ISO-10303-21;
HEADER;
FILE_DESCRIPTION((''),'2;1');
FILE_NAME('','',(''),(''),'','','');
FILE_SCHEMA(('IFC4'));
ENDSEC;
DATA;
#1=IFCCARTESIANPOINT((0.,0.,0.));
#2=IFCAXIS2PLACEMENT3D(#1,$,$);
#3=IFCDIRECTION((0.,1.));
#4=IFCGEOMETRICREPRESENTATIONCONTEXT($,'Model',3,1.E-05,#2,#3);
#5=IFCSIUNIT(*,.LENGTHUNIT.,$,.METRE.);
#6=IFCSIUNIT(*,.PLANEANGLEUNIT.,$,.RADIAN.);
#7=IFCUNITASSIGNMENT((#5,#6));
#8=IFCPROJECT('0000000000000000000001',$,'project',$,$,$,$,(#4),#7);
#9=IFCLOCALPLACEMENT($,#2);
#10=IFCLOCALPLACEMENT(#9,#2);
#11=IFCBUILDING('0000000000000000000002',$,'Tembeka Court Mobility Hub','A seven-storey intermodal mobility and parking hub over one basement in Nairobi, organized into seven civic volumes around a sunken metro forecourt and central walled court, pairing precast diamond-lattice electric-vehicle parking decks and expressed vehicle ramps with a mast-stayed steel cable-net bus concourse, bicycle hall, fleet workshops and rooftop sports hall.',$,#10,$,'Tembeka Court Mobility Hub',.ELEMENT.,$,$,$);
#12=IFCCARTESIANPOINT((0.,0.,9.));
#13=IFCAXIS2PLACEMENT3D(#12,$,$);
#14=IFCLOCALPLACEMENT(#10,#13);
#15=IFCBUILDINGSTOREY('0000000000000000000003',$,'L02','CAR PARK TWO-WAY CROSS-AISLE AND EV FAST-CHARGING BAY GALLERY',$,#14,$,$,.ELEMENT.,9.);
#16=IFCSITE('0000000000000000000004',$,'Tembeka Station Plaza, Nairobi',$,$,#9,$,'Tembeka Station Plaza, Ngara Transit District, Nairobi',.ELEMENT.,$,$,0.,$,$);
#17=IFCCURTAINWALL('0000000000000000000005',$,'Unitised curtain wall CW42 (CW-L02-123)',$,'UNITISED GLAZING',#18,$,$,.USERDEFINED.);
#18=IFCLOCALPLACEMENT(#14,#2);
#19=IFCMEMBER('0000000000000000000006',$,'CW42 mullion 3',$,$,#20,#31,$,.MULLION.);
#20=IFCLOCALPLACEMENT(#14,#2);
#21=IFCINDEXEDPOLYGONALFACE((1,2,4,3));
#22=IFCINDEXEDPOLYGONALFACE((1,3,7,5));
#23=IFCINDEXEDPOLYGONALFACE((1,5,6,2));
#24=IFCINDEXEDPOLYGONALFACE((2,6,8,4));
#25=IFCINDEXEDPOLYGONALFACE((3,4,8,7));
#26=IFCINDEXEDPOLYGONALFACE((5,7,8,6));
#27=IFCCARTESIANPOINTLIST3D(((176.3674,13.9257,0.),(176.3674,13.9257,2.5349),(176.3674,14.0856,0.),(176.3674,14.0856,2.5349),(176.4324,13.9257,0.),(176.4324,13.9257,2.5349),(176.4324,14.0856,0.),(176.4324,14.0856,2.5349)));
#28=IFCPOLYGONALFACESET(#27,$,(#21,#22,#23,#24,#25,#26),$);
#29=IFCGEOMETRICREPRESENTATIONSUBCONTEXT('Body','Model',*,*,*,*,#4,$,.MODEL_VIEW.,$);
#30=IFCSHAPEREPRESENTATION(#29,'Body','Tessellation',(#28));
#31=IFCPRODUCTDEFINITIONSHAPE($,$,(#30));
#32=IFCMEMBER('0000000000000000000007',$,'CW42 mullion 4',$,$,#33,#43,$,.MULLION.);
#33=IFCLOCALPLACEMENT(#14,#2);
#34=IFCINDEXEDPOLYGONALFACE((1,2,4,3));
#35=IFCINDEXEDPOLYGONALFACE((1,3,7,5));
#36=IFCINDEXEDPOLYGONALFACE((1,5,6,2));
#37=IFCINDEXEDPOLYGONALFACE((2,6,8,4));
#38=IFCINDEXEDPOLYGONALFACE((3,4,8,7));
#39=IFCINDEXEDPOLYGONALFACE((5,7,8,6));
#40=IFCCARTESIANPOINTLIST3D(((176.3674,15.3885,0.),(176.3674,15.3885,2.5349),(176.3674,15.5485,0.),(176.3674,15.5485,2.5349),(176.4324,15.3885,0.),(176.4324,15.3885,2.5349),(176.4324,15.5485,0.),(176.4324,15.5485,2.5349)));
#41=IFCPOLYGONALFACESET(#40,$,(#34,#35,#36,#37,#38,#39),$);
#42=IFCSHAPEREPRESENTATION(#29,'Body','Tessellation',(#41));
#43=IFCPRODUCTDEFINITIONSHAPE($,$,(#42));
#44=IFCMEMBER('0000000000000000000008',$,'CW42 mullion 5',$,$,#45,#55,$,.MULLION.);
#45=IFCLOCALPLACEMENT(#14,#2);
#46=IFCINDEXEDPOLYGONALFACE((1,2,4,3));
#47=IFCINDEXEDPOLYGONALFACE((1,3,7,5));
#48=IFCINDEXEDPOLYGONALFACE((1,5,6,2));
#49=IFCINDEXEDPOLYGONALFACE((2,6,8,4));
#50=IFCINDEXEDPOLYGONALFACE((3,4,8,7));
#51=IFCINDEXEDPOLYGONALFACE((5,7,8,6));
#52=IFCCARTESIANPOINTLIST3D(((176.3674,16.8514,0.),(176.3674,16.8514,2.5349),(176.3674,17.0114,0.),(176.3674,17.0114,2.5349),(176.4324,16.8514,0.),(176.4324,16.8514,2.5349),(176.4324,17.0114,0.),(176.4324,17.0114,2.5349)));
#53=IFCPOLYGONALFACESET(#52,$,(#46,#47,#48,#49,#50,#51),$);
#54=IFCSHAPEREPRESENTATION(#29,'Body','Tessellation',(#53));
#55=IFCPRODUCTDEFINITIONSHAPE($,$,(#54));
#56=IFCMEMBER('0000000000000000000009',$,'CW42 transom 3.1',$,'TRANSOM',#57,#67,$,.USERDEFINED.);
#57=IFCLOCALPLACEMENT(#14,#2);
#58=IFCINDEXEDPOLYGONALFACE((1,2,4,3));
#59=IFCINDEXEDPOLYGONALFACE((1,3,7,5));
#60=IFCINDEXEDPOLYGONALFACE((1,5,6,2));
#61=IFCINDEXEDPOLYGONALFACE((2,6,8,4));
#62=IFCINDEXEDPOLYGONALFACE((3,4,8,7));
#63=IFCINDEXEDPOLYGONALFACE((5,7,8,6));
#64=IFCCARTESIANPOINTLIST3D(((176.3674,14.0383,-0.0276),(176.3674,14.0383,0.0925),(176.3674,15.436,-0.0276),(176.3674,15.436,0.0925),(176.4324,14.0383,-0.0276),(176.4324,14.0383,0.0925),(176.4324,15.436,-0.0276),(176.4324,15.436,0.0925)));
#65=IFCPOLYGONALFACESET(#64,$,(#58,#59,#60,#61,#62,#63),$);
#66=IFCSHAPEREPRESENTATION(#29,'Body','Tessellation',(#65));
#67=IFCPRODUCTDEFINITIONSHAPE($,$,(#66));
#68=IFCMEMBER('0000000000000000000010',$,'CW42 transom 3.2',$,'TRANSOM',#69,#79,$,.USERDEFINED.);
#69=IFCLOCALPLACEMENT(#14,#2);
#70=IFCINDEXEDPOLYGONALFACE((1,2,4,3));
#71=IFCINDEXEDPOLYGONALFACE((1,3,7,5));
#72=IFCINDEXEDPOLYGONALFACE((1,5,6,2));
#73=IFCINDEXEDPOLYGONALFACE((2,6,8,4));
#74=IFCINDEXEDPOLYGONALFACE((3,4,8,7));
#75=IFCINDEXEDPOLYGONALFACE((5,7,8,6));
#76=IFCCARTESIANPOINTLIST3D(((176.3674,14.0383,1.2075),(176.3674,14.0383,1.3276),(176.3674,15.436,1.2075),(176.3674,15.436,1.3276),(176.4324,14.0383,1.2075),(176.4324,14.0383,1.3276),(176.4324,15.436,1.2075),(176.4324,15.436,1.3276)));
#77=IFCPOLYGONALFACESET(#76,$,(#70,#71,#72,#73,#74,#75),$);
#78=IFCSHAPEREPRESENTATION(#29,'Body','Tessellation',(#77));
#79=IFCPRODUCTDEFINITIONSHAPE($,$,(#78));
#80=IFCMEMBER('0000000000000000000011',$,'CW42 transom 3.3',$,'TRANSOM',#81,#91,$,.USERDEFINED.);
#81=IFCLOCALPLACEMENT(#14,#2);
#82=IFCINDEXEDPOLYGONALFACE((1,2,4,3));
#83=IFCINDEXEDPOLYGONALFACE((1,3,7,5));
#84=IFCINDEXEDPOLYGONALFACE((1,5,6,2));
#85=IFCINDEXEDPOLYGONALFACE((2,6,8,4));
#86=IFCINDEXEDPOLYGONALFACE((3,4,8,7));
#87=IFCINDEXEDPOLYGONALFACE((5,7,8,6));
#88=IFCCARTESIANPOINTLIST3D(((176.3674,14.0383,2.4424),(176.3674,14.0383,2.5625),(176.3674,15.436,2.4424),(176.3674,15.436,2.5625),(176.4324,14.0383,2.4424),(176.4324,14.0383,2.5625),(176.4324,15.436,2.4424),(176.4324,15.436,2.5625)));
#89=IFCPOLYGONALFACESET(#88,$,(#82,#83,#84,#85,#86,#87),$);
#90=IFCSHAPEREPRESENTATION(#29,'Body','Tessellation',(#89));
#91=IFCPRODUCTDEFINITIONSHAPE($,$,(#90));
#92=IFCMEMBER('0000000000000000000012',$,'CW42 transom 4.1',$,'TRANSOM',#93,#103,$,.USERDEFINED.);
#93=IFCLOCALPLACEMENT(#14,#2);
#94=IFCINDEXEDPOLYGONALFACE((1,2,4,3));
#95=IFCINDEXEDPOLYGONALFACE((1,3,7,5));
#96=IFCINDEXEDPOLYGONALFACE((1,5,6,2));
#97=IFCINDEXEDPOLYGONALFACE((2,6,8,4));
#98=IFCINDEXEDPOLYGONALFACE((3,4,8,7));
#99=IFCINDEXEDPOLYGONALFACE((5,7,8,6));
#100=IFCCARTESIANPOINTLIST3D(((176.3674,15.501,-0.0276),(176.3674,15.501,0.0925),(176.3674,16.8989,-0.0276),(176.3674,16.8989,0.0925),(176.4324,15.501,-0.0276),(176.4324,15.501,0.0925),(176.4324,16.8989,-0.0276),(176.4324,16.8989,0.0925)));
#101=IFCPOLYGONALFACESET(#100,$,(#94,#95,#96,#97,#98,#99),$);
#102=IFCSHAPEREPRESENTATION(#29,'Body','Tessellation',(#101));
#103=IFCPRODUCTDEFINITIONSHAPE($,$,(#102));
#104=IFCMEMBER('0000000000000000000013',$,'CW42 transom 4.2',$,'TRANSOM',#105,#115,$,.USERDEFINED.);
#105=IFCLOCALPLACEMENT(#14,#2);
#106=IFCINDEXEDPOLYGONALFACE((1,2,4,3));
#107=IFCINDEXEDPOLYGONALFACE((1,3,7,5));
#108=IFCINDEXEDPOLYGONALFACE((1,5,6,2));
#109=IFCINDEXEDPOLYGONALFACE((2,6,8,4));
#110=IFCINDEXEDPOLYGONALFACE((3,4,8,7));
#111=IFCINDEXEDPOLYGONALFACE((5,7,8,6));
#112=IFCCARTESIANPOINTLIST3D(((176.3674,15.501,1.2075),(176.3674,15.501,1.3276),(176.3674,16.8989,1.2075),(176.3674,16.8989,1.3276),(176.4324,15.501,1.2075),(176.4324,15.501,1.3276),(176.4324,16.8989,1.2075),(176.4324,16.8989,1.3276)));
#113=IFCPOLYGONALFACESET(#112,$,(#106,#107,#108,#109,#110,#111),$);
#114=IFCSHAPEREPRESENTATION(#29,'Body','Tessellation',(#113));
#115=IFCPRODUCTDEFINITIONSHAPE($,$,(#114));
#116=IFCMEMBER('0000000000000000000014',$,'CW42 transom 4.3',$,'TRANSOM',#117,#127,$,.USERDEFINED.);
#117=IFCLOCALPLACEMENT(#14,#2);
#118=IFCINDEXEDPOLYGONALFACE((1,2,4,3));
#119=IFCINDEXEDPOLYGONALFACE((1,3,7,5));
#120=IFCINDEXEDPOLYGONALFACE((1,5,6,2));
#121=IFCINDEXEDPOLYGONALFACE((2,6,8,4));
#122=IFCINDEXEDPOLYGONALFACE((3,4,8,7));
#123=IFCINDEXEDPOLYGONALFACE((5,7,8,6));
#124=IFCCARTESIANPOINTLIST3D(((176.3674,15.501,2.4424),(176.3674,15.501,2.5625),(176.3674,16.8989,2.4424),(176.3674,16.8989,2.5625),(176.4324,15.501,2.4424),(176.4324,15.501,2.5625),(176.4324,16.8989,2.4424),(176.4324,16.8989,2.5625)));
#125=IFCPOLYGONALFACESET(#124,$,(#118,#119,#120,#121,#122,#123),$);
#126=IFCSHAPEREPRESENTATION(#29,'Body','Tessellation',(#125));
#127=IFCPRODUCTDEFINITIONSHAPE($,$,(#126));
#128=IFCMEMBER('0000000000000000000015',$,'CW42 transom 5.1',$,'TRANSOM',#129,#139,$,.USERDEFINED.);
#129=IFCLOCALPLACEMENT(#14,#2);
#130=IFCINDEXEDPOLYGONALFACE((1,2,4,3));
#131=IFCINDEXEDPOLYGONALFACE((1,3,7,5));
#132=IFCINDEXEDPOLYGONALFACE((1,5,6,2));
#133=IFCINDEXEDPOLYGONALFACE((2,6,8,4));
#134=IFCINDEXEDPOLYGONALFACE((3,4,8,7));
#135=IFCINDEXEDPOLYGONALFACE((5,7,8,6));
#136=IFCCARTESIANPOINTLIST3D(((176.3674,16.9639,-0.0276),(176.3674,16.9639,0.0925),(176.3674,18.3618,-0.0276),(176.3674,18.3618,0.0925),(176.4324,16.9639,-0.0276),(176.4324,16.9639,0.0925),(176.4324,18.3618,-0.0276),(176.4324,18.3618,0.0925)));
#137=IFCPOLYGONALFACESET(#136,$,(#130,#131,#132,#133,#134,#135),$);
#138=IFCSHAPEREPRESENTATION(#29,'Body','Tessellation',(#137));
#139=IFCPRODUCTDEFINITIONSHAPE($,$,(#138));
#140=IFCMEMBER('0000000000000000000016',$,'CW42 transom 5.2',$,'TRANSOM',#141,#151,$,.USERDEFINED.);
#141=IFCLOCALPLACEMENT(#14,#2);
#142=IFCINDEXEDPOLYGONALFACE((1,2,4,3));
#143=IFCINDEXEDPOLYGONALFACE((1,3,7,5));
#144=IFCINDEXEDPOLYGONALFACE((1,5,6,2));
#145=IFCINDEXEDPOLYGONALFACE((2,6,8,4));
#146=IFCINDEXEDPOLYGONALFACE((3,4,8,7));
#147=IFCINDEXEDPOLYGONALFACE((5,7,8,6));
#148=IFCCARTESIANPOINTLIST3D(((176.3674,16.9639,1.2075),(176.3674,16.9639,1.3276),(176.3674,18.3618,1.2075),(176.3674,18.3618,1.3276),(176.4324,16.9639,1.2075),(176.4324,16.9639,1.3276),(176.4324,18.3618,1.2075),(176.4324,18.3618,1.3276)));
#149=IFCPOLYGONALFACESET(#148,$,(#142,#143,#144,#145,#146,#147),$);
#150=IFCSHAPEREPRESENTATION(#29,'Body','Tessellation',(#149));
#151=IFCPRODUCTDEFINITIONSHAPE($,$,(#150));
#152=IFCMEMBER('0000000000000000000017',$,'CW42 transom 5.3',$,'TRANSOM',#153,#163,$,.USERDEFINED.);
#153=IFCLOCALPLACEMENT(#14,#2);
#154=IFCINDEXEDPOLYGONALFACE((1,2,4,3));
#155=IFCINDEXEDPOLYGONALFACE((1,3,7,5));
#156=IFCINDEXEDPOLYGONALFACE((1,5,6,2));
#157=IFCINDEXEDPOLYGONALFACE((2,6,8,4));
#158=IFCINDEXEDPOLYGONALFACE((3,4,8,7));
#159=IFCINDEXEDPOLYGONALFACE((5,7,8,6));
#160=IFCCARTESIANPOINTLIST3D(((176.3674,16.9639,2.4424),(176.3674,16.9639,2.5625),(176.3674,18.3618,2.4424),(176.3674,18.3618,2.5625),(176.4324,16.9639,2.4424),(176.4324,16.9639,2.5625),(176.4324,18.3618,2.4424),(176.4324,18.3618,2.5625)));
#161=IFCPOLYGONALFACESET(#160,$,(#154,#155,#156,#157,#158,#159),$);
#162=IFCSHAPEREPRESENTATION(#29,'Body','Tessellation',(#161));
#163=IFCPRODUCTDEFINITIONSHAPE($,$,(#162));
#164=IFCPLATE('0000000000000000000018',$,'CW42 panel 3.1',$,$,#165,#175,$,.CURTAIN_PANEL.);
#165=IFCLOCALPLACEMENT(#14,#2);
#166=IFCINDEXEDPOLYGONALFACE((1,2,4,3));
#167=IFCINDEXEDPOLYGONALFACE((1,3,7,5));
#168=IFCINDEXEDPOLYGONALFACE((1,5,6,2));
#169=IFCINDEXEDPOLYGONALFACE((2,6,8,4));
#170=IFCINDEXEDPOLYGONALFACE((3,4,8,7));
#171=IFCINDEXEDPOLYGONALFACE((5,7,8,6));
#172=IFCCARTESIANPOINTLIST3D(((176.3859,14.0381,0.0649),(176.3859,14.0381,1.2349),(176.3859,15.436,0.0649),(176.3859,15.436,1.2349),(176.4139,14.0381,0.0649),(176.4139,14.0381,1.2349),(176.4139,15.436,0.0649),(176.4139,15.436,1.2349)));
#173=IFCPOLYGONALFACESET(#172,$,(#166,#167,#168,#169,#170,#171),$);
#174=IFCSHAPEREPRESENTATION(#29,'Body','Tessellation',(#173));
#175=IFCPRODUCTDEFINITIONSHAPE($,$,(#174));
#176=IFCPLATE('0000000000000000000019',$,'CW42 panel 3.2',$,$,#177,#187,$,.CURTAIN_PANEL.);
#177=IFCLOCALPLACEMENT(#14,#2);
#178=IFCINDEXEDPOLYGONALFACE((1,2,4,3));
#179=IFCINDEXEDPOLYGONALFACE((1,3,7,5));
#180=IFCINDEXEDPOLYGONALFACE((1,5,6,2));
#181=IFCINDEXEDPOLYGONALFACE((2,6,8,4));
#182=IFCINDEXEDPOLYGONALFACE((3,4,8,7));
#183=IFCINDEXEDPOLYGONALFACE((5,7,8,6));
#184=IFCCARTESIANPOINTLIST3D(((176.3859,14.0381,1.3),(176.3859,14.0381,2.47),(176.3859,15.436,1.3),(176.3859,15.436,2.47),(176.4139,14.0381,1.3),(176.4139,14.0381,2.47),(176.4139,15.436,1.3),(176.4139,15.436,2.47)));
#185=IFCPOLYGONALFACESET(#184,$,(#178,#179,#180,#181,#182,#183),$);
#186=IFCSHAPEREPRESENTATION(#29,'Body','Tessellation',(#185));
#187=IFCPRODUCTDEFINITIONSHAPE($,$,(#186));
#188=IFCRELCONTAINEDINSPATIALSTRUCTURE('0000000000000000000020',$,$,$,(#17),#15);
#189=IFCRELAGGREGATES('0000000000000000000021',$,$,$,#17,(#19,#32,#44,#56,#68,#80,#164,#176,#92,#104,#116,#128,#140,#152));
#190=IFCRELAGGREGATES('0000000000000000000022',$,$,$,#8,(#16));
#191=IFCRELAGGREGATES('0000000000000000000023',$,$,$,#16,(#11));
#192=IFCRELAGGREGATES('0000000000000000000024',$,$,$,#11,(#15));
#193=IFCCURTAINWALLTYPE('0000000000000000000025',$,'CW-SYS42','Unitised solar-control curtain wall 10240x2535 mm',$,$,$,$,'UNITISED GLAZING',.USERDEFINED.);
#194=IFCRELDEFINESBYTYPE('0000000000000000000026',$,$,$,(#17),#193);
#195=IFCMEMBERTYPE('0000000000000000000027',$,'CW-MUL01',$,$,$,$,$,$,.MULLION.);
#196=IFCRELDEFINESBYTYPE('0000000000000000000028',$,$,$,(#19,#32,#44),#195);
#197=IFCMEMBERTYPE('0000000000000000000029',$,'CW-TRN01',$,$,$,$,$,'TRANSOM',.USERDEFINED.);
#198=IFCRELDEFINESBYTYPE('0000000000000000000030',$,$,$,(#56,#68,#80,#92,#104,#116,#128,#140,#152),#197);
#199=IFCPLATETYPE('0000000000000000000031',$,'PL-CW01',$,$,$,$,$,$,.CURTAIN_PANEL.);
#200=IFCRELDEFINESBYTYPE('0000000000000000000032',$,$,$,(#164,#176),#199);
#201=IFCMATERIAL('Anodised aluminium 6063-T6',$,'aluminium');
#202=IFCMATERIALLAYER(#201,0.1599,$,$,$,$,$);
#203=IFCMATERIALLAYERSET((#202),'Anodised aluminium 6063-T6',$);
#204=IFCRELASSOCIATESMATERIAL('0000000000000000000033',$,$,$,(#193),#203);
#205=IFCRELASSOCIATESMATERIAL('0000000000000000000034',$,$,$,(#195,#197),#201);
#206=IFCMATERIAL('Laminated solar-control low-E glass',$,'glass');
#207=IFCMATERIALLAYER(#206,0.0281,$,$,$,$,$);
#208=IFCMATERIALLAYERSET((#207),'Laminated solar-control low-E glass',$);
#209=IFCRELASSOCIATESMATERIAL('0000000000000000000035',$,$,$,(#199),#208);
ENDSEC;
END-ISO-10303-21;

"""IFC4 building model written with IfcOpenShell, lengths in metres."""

from ifc_helpers import new_model, si_unit, direction, frame, origin, origin_2d, place, context, subcontext, project, spatial, rectangle, extrude, material, layer, layer_set, material_profile, profile_set, type_object, element, aggregate, save


model = new_model("IFC4")

# Units and contexts
model_context = context("Model", 3, precision=1e-05, world=origin(), true_north=direction((0.0, 1.0)))
body_context = subcontext(model_context, "Body", "Model", "MODEL_VIEW")
ifc_project = project(units=[si_unit("LENGTHUNIT", "METRE"), si_unit("PLANEANGLEUNIT", "RADIAN")], contexts=[model_context])

# Site, building, storey
site_placement = place(None, origin())
site = spatial("IfcSite", under=ifc_project, at=site_placement, Name="Tembeka Station Plaza, Nairobi", LongName="Tembeka Station Plaza, Ngara Transit District, Nairobi", CompositionType="ELEMENT", RefElevation=0.0)
building_placement = place(site_placement, origin())
building = spatial("IfcBuilding", under=site, at=building_placement, Name="Tembeka Court Mobility Hub", Description="A seven-storey intermodal mobility and parking hub over one basement in Nairobi, organized into seven civic volumes around a sunken metro forecourt and central walled court, pairing precast diamond-lattice electric-vehicle parking decks and expressed vehicle ramps with a mast-stayed steel cable-net bus concourse, bicycle hall, fleet workshops and rooftop sports hall.", LongName="Tembeka Court Mobility Hub", CompositionType="ELEMENT")
storey_placement = place(building_placement, frame((0.0, 0.0, 9.0)))
storey = spatial("IfcBuildingStorey", under=building, at=storey_placement, Name="L02", Description="CAR PARK TWO-WAY CROSS-AISLE AND EV FAST-CHARGING BAY GALLERY", CompositionType="ELEMENT", Elevation=9.0)

# Curtain wall, members, plates
ifc_material_1 = material(Name="Anodised aluminium 6063-T6", Category="aluminium")
ifc_layer_1 = layer(ifc_material_1, 0.1599)
ifc_layer_set_1 = layer_set([ifc_layer_1], Name="Anodised aluminium 6063-T6")
curtain_wall_type = type_object("IfcCurtainWallType", Name="CW-SYS42", Description="Unitised solar-control curtain wall 10240x2535 mm", ElementType="UNITISED GLAZING", PredefinedType="USERDEFINED", material=ifc_layer_set_1)
curtain_wall_placement = place(storey_placement, origin())
curtain_wall = element("IfcCurtainWall", 1, at=curtain_wall_placement, inside=storey, type_object=curtain_wall_type, Name="Unitised curtain wall CW42 (CW-L02-123)", ObjectType="UNITISED GLAZING", PredefinedType="USERDEFINED")
ifc_material_profile_1 = material_profile(ifc_material_1, rectangle(XDim=0.0649, YDim=0.1599, at=origin_2d()), Name="ALU-MUL 65x160")
ifc_profile_set_1 = profile_set([ifc_material_profile_1], Name="Anodised aluminium 6063-T6")
member_type_1 = type_object("IfcMemberType", Name="CW-MUL01", PredefinedType="MULLION", material=ifc_profile_set_1)
member_1_placement = place(storey_placement, frame((176.3999, 14.0056, 0.0), z_axis=(0.0, 0.0, 1.0), x_axis=(-1.0, 0.0, 0.0)))
member_1 = element("IfcMember", 2, at=member_1_placement, type_object=member_type_1, Name="CW42 mullion 3", PredefinedType="MULLION", context=body_context, shape_type="SweptSolid", body=[
    extrude(rectangle(XDim=0.0649, YDim=0.1599, at=origin_2d()), origin(), (0.0, 0.0, 1.0), 2.5349),
])
member_2_placement = place(storey_placement, frame((176.3999, 15.4685, 0.0), z_axis=(0.0, 0.0, 1.0), x_axis=(-1.0, 0.0, 0.0)))
member_2 = element("IfcMember", 3, at=member_2_placement, type_object=member_type_1, Name="CW42 mullion 4", PredefinedType="MULLION", context=body_context, shape_type="SweptSolid", body=[
    extrude(rectangle(XDim=0.0649, YDim=0.1599, at=origin_2d()), origin(), (0.0, 0.0, 1.0), 2.5349),
])
member_3_placement = place(storey_placement, frame((176.3999, 16.9314, 0.0), z_axis=(0.0, 0.0, 1.0), x_axis=(-1.0, 0.0, 0.0)))
member_3 = element("IfcMember", 4, at=member_3_placement, type_object=member_type_1, Name="CW42 mullion 5", PredefinedType="MULLION", context=body_context, shape_type="SweptSolid", body=[
    extrude(rectangle(XDim=0.0649, YDim=0.1599, at=origin_2d()), origin(), (0.0, 0.0, 1.0), 2.5349),
])
ifc_material_profile_2 = material_profile(ifc_material_1, rectangle(XDim=0.0649, YDim=0.1201, at=origin_2d()), Name="ALU-TRN 65x120")
ifc_profile_set_2 = profile_set([ifc_material_profile_2], Name="Anodised aluminium 6063-T6")
member_type_2 = type_object("IfcMemberType", Name="CW-TRN01", ElementType="TRANSOM", PredefinedType="USERDEFINED", material=ifc_profile_set_2)
member_4_placement = place(storey_placement, frame((176.3999, 14.0383, 0.0325), z_axis=(0.0, 1.0, 0.0), x_axis=(-1.0, 0.0, 0.0)))
member_4 = element("IfcMember", 5, at=member_4_placement, type_object=member_type_2, Name="CW42 transom 3.1", ObjectType="TRANSOM", PredefinedType="USERDEFINED", context=body_context, shape_type="SweptSolid", body=[
    extrude(rectangle(XDim=0.0649, YDim=0.1201, at=origin_2d()), origin(), (0.0, 0.0, 1.0), 1.3977),
])
member_5_placement = place(storey_placement, frame((176.3999, 14.0383, 1.2676), z_axis=(0.0, 1.0, 0.0), x_axis=(-1.0, 0.0, 0.0)))
member_5 = element("IfcMember", 6, at=member_5_placement, type_object=member_type_2, Name="CW42 transom 3.2", ObjectType="TRANSOM", PredefinedType="USERDEFINED", context=body_context, shape_type="SweptSolid", body=[
    extrude(rectangle(XDim=0.0649, YDim=0.1201, at=origin_2d()), origin(), (0.0, 0.0, 1.0), 1.3977),
])
member_6_placement = place(storey_placement, frame((176.3999, 14.0383, 2.5024), z_axis=(0.0, 1.0, 0.0), x_axis=(-1.0, 0.0, 0.0)))
member_6 = element("IfcMember", 7, at=member_6_placement, type_object=member_type_2, Name="CW42 transom 3.3", ObjectType="TRANSOM", PredefinedType="USERDEFINED", context=body_context, shape_type="SweptSolid", body=[
    extrude(rectangle(XDim=0.0649, YDim=0.1201, at=origin_2d()), origin(), (0.0, 0.0, 1.0), 1.3977),
])
member_7_placement = place(storey_placement, frame((176.3999, 15.501, 0.0325), z_axis=(0.0, 1.0, 0.0), x_axis=(-1.0, 0.0, 0.0)))
member_7 = element("IfcMember", 8, at=member_7_placement, type_object=member_type_2, Name="CW42 transom 4.1", ObjectType="TRANSOM", PredefinedType="USERDEFINED", context=body_context, shape_type="SweptSolid", body=[
    extrude(rectangle(XDim=0.0649, YDim=0.1201, at=origin_2d()), origin(), (0.0, 0.0, 1.0), 1.3979),
])
member_8_placement = place(storey_placement, frame((176.3999, 15.501, 1.2676), z_axis=(0.0, 1.0, 0.0), x_axis=(-1.0, 0.0, 0.0)))
member_8 = element("IfcMember", 9, at=member_8_placement, type_object=member_type_2, Name="CW42 transom 4.2", ObjectType="TRANSOM", PredefinedType="USERDEFINED", context=body_context, shape_type="SweptSolid", body=[
    extrude(rectangle(XDim=0.0649, YDim=0.1201, at=origin_2d()), origin(), (0.0, 0.0, 1.0), 1.3979),
])
member_9_placement = place(storey_placement, frame((176.3999, 15.501, 2.5024), z_axis=(0.0, 1.0, 0.0), x_axis=(-1.0, 0.0, 0.0)))
member_9 = element("IfcMember", 10, at=member_9_placement, type_object=member_type_2, Name="CW42 transom 4.3", ObjectType="TRANSOM", PredefinedType="USERDEFINED", context=body_context, shape_type="SweptSolid", body=[
    extrude(rectangle(XDim=0.0649, YDim=0.1201, at=origin_2d()), origin(), (0.0, 0.0, 1.0), 1.3979),
])
member_10_placement = place(storey_placement, frame((176.3999, 16.9639, 0.0325), z_axis=(0.0, 1.0, 0.0), x_axis=(-1.0, 0.0, 0.0)))
member_10 = element("IfcMember", 11, at=member_10_placement, type_object=member_type_2, Name="CW42 transom 5.1", ObjectType="TRANSOM", PredefinedType="USERDEFINED", context=body_context, shape_type="SweptSolid", body=[
    extrude(rectangle(XDim=0.0649, YDim=0.1201, at=origin_2d()), origin(), (0.0, 0.0, 1.0), 1.3979),
])
member_11_placement = place(storey_placement, frame((176.3999, 16.9639, 1.2676), z_axis=(0.0, 1.0, 0.0), x_axis=(-1.0, 0.0, 0.0)))
member_11 = element("IfcMember", 12, at=member_11_placement, type_object=member_type_2, Name="CW42 transom 5.2", ObjectType="TRANSOM", PredefinedType="USERDEFINED", context=body_context, shape_type="SweptSolid", body=[
    extrude(rectangle(XDim=0.0649, YDim=0.1201, at=origin_2d()), origin(), (0.0, 0.0, 1.0), 1.3979),
])
member_12_placement = place(storey_placement, frame((176.3999, 16.9639, 2.5024), z_axis=(0.0, 1.0, 0.0), x_axis=(-1.0, 0.0, 0.0)))
member_12 = element("IfcMember", 13, at=member_12_placement, type_object=member_type_2, Name="CW42 transom 5.3", ObjectType="TRANSOM", PredefinedType="USERDEFINED", context=body_context, shape_type="SweptSolid", body=[
    extrude(rectangle(XDim=0.0649, YDim=0.1201, at=origin_2d()), origin(), (0.0, 0.0, 1.0), 1.3979),
])
ifc_material_2 = material(Name="Laminated solar-control low-E glass", Category="glass")
ifc_layer_2 = layer(ifc_material_2, 0.0281)
ifc_layer_set_2 = layer_set([ifc_layer_2], Name="Laminated solar-control low-E glass")
plate_type = type_object("IfcPlateType", Name="PL-CW01", PredefinedType="CURTAIN_PANEL", material=ifc_layer_set_2)
plate_1_placement = place(storey_placement, frame((176.3999, 14.7371, 0.0649), z_axis=(0.0, 0.0, 1.0), x_axis=(0.0, 1.0, 0.0)))
plate_1 = element("IfcPlate", 14, at=plate_1_placement, type_object=plate_type, Name="CW42 panel 3.1", PredefinedType="CURTAIN_PANEL", context=body_context, shape_type="SweptSolid", body=[
    extrude(rectangle(XDim=1.3979, YDim=0.0281, at=origin_2d()), origin(), (0.0, 0.0, 1.0), 1.1699),
])
plate_2_placement = place(storey_placement, frame((176.3999, 14.7371, 1.3), z_axis=(0.0, 0.0, 1.0), x_axis=(0.0, 1.0, 0.0)))
plate_2 = element("IfcPlate", 15, at=plate_2_placement, type_object=plate_type, Name="CW42 panel 3.2", PredefinedType="CURTAIN_PANEL", context=body_context, shape_type="SweptSolid", body=[
    extrude(rectangle(XDim=1.3979, YDim=0.0281, at=origin_2d()), origin(), (0.0, 0.0, 1.0), 1.1699),
])
aggregate(curtain_wall, [member_1, member_2, member_3, member_4, member_5, member_6, plate_1, plate_2, member_7, member_8, member_9, member_10, member_11, member_12])

save(model, "model.ifc")
